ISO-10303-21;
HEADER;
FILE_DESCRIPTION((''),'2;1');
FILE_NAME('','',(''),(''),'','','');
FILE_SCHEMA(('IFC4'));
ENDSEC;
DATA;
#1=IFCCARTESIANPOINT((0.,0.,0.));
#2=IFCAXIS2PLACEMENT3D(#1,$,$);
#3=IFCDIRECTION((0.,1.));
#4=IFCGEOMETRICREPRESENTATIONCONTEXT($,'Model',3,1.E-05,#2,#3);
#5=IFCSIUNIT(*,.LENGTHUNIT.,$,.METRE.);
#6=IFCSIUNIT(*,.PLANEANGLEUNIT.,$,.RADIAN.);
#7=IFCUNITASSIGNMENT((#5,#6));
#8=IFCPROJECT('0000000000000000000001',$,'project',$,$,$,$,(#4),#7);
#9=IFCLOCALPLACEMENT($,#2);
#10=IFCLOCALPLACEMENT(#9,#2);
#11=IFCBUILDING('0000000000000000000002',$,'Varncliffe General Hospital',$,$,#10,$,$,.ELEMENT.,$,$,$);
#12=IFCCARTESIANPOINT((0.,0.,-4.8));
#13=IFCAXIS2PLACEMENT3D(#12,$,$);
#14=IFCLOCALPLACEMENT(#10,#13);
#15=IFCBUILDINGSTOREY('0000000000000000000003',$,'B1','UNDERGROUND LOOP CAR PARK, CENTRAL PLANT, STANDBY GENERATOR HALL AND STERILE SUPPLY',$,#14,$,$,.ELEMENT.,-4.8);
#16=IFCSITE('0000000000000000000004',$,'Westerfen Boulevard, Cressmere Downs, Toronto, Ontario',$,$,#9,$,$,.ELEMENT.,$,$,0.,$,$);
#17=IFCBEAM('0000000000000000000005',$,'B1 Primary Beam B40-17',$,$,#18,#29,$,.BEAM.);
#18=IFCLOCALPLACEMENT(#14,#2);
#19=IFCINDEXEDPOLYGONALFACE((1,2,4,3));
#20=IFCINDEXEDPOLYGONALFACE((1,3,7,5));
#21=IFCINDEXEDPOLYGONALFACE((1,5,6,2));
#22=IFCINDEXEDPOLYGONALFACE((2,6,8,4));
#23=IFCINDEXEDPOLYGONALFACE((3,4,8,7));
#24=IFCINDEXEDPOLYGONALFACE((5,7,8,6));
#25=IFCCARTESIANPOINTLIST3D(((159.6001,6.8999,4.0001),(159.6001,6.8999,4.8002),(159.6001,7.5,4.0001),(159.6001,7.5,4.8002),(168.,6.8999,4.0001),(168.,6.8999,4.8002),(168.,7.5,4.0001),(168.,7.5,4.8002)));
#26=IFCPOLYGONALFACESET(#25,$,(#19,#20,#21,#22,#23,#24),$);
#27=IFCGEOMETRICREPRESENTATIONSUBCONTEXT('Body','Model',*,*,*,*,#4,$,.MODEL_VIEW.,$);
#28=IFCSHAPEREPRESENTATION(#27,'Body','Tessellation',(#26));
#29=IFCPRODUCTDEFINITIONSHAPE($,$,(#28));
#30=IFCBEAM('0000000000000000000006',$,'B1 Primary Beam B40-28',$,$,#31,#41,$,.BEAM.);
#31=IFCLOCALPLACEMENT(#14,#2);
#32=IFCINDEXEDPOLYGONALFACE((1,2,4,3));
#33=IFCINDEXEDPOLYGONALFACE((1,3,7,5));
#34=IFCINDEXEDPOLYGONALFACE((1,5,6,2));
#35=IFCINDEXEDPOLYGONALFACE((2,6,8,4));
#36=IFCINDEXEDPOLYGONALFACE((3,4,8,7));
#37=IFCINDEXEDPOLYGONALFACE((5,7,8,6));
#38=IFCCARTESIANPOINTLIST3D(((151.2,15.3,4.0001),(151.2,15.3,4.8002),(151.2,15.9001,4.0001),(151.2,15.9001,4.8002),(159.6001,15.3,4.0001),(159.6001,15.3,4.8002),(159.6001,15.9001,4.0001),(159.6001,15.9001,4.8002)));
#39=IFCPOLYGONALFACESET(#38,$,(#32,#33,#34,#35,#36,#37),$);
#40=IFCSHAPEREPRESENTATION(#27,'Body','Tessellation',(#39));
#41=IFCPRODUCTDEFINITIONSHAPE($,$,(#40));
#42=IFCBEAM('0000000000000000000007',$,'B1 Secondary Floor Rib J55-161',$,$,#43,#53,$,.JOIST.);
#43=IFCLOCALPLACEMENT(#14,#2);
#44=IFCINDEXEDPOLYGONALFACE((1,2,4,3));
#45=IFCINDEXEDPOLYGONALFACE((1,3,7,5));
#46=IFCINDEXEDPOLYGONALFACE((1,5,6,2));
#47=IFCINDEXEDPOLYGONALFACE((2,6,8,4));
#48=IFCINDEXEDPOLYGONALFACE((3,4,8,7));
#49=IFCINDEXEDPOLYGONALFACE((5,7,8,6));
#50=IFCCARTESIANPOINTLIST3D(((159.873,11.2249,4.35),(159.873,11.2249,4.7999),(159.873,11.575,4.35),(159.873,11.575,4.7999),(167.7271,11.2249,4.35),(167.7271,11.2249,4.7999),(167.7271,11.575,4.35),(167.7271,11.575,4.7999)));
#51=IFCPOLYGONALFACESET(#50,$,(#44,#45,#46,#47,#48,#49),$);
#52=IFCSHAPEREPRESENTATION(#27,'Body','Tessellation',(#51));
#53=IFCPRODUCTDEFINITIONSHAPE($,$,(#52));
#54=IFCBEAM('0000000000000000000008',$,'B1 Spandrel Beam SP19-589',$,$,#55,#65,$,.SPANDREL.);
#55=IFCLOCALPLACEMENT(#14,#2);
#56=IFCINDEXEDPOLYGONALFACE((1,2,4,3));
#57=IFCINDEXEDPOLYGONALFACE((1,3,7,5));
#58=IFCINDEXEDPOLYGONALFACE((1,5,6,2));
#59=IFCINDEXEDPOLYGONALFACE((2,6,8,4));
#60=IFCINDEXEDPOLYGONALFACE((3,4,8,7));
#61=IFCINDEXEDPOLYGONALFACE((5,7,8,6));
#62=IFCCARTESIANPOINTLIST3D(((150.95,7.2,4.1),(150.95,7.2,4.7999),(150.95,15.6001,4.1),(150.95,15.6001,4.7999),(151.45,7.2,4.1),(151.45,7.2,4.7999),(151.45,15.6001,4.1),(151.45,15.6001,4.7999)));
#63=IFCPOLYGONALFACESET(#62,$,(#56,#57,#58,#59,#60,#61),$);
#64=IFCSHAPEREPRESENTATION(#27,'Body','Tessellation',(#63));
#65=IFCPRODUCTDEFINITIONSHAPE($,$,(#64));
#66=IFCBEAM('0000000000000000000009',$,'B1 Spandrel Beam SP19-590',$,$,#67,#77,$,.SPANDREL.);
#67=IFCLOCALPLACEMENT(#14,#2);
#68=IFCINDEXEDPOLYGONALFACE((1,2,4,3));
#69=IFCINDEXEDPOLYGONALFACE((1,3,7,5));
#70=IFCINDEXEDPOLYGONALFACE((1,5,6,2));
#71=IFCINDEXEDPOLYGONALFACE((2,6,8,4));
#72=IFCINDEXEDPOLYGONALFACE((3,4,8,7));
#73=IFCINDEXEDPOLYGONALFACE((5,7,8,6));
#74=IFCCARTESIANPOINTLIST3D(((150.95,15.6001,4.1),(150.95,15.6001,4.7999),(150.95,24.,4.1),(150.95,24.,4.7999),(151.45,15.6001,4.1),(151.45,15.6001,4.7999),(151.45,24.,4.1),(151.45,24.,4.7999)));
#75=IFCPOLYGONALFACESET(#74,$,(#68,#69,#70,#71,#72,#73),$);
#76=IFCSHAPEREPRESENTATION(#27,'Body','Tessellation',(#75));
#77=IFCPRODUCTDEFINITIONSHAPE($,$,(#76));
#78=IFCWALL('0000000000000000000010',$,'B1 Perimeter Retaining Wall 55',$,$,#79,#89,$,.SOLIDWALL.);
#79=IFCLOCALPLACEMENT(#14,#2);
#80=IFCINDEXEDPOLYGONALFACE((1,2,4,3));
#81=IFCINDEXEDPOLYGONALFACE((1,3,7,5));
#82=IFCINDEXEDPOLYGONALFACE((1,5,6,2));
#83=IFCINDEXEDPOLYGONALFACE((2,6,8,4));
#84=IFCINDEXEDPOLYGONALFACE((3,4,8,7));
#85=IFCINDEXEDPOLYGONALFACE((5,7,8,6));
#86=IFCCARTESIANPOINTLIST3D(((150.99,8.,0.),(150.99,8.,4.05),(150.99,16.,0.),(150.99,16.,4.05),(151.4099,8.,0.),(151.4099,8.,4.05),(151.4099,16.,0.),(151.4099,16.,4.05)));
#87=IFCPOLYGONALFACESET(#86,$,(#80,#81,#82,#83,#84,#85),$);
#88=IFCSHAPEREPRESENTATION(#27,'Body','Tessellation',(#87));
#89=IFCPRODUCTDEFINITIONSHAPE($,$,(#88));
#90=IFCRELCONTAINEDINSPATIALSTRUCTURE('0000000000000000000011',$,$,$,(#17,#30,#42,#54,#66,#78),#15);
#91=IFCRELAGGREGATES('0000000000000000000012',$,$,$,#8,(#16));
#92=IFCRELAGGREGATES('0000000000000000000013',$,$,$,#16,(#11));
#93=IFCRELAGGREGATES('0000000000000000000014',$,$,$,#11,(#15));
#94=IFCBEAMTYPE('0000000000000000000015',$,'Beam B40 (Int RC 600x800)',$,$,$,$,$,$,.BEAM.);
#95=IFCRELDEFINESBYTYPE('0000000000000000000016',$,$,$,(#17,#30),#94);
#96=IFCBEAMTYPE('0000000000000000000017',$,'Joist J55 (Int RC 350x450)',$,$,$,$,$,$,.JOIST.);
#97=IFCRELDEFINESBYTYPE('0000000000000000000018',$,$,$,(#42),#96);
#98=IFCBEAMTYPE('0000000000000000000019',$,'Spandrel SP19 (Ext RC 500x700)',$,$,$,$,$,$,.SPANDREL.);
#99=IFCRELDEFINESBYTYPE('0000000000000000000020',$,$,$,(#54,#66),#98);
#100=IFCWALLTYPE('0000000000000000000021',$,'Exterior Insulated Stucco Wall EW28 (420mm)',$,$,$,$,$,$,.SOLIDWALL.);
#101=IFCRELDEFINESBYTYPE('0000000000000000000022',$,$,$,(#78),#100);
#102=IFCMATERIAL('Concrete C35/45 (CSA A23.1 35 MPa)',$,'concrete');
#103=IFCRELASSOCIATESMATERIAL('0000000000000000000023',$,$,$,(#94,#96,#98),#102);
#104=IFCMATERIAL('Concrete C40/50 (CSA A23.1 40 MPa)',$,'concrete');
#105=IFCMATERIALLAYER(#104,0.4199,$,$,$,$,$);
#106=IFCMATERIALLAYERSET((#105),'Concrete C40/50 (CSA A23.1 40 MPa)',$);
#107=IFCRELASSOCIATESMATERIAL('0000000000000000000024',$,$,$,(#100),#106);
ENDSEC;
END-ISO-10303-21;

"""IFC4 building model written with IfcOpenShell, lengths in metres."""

from ifc_helpers import new_model, si_unit, direction, frame, frame_2d, origin, origin_2d, place, context, subcontext, project, spatial, rectangle, extrude, material, layer, layer_set, material_profile, profile_set, type_object, element, save


model = new_model("IFC4")

# Units and contexts
model_context = context("Model", 3, precision=1e-05, world=origin(), true_north=direction((0.0, 1.0)))
body_context = subcontext(model_context, "Body", "Model", "MODEL_VIEW")
ifc_project = project(units=[si_unit("LENGTHUNIT", "METRE"), si_unit("PLANEANGLEUNIT", "RADIAN")], contexts=[model_context])

# Site, building, storey
site_placement = place(None, origin())
site = spatial("IfcSite", under=ifc_project, at=site_placement, Name="Westerfen Boulevard, Cressmere Downs, Toronto, Ontario", CompositionType="ELEMENT", RefElevation=0.0)
building_placement = place(site_placement, origin())
building = spatial("IfcBuilding", under=site, at=building_placement, Name="Varncliffe General Hospital", CompositionType="ELEMENT")
storey_placement = place(building_placement, frame((0.0, 0.0, -4.8)))
storey = spatial("IfcBuildingStorey", under=building, at=storey_placement, Name="B1", Description="UNDERGROUND LOOP CAR PARK, CENTRAL PLANT, STANDBY GENERATOR HALL AND STERILE SUPPLY", CompositionType="ELEMENT", Elevation=-4.8)

# Shared definitions
ifc_material_1 = material(Name="Concrete C40/50 (CSA A23.1 40 MPa)", Category="concrete")

# Beams
ifc_material_2 = material(Name="Concrete C35/45 (CSA A23.1 35 MPa)", Category="concrete")
ifc_material_profile_1 = material_profile(ifc_material_2, rectangle(XDim=0.6001, YDim=0.8, at=origin_2d()), Name="RC 600x800")
ifc_profile_set_1 = profile_set([ifc_material_profile_1], Name="Concrete C35/45 (CSA A23.1 35 MPa)")
beam_type_1 = type_object("IfcBeamType", Name="Beam B40 (Int RC 600x800)", PredefinedType="BEAM", material=ifc_profile_set_1)
beam_1_placement = place(storey_placement, frame((159.6001, 7.2, 4.4001), z_axis=(1.0, 0.0, 0.0), x_axis=(0.0, 1.0, 0.0)))
element("IfcBeam", 1, at=beam_1_placement, inside=storey, type_object=beam_type_1, Name="B1 Primary Beam B40-17", PredefinedType="BEAM", context=body_context, shape_type="SweptSolid", body=[
    extrude(rectangle(XDim=0.6001, YDim=0.8, at=origin_2d()), origin(), (0.0, 0.0, 1.0), 8.3999),
])
beam_2_placement = place(storey_placement, frame((151.2, 15.6001, 4.4001), z_axis=(1.0, 0.0, 0.0), x_axis=(0.0, 1.0, 0.0)))
element("IfcBeam", 2, at=beam_2_placement, inside=storey, type_object=beam_type_1, Name="B1 Primary Beam B40-28", PredefinedType="BEAM", context=body_context, shape_type="SweptSolid", body=[
    extrude(rectangle(XDim=0.6001, YDim=0.8, at=origin_2d()), origin(), (0.0, 0.0, 1.0), 8.4001),
])
ifc_material_profile_2 = material_profile(ifc_material_2, rectangle(XDim=0.3501, YDim=0.45, at=origin_2d()), Name="RC 350x450")
ifc_profile_set_2 = profile_set([ifc_material_profile_2], Name="Concrete C35/45 (CSA A23.1 35 MPa)")
beam_type_2 = type_object("IfcBeamType", Name="Joist J55 (Int RC 350x450)", PredefinedType="JOIST", material=ifc_profile_set_2)
beam_3_placement = place(storey_placement, frame((159.873, 11.3999, 4.575), z_axis=(1.0, 0.0, 0.0), x_axis=(0.0, 1.0, 0.0)))
element("IfcBeam", 3, at=beam_3_placement, inside=storey, type_object=beam_type_2, Name="B1 Secondary Floor Rib J55-161", PredefinedType="JOIST", context=body_context, shape_type="SweptSolid", body=[
    extrude(rectangle(XDim=0.3501, YDim=0.45, at=origin_2d()), origin(), (0.0, 0.0, 1.0), 7.854),
])
ifc_material_profile_3 = material_profile(ifc_material_2, rectangle(XDim=0.5, YDim=0.7, at=origin_2d()), Name="RC 500x700")
ifc_profile_set_3 = profile_set([ifc_material_profile_3], Name="Concrete C35/45 (CSA A23.1 35 MPa)")
beam_type_3 = type_object("IfcBeamType", Name="Spandrel SP19 (Ext RC 500x700)", PredefinedType="SPANDREL", material=ifc_profile_set_3)
beam_4_placement = place(storey_placement, frame((151.2, 7.2, 4.45), z_axis=(0.0, 1.0, 0.0), x_axis=(-1.0, 0.0, 0.0)))
element("IfcBeam", 4, at=beam_4_placement, inside=storey, type_object=beam_type_3, Name="B1 Spandrel Beam SP19-589", PredefinedType="SPANDREL", context=body_context, shape_type="SweptSolid", body=[
    extrude(rectangle(XDim=0.5, YDim=0.7, at=origin_2d()), origin(), (0.0, 0.0, 1.0), 8.4001),
])
beam_5_placement = place(storey_placement, frame((151.2, 15.6001, 4.45), z_axis=(0.0, 1.0, 0.0), x_axis=(-1.0, 0.0, 0.0)))
element("IfcBeam", 5, at=beam_5_placement, inside=storey, type_object=beam_type_3, Name="B1 Spandrel Beam SP19-590", PredefinedType="SPANDREL", context=body_context, shape_type="SweptSolid", body=[
    extrude(rectangle(XDim=0.5, YDim=0.7, at=origin_2d()), origin(), (0.0, 0.0, 1.0), 8.3999),
])

# Wall
ifc_layer = layer(ifc_material_1, 0.4199)
ifc_layer_set = layer_set([ifc_layer], Name="Concrete C40/50 (CSA A23.1 40 MPa)")
wall_type = type_object("IfcWallType", Name="Exterior Insulated Stucco Wall EW28 (420mm)", PredefinedType="SOLIDWALL", material=ifc_layer_set)
wall_placement = place(storey_placement, frame((151.2, 8.0, 0.0), z_axis=(0.0, 0.0, 1.0), x_axis=(0.0, 1.0, 0.0)))
element("IfcWall", 6, at=wall_placement, inside=storey, type_object=wall_type, Name="B1 Perimeter Retaining Wall 55", PredefinedType="SOLIDWALL", context=body_context, shape_type="SweptSolid", body=[
    extrude(rectangle(XDim=8.0, YDim=0.4199, at=frame_2d((4.0, 0.0))), origin(), (0.0, 0.0, 1.0), 4.05),
])

save(model, "model.ifc")
